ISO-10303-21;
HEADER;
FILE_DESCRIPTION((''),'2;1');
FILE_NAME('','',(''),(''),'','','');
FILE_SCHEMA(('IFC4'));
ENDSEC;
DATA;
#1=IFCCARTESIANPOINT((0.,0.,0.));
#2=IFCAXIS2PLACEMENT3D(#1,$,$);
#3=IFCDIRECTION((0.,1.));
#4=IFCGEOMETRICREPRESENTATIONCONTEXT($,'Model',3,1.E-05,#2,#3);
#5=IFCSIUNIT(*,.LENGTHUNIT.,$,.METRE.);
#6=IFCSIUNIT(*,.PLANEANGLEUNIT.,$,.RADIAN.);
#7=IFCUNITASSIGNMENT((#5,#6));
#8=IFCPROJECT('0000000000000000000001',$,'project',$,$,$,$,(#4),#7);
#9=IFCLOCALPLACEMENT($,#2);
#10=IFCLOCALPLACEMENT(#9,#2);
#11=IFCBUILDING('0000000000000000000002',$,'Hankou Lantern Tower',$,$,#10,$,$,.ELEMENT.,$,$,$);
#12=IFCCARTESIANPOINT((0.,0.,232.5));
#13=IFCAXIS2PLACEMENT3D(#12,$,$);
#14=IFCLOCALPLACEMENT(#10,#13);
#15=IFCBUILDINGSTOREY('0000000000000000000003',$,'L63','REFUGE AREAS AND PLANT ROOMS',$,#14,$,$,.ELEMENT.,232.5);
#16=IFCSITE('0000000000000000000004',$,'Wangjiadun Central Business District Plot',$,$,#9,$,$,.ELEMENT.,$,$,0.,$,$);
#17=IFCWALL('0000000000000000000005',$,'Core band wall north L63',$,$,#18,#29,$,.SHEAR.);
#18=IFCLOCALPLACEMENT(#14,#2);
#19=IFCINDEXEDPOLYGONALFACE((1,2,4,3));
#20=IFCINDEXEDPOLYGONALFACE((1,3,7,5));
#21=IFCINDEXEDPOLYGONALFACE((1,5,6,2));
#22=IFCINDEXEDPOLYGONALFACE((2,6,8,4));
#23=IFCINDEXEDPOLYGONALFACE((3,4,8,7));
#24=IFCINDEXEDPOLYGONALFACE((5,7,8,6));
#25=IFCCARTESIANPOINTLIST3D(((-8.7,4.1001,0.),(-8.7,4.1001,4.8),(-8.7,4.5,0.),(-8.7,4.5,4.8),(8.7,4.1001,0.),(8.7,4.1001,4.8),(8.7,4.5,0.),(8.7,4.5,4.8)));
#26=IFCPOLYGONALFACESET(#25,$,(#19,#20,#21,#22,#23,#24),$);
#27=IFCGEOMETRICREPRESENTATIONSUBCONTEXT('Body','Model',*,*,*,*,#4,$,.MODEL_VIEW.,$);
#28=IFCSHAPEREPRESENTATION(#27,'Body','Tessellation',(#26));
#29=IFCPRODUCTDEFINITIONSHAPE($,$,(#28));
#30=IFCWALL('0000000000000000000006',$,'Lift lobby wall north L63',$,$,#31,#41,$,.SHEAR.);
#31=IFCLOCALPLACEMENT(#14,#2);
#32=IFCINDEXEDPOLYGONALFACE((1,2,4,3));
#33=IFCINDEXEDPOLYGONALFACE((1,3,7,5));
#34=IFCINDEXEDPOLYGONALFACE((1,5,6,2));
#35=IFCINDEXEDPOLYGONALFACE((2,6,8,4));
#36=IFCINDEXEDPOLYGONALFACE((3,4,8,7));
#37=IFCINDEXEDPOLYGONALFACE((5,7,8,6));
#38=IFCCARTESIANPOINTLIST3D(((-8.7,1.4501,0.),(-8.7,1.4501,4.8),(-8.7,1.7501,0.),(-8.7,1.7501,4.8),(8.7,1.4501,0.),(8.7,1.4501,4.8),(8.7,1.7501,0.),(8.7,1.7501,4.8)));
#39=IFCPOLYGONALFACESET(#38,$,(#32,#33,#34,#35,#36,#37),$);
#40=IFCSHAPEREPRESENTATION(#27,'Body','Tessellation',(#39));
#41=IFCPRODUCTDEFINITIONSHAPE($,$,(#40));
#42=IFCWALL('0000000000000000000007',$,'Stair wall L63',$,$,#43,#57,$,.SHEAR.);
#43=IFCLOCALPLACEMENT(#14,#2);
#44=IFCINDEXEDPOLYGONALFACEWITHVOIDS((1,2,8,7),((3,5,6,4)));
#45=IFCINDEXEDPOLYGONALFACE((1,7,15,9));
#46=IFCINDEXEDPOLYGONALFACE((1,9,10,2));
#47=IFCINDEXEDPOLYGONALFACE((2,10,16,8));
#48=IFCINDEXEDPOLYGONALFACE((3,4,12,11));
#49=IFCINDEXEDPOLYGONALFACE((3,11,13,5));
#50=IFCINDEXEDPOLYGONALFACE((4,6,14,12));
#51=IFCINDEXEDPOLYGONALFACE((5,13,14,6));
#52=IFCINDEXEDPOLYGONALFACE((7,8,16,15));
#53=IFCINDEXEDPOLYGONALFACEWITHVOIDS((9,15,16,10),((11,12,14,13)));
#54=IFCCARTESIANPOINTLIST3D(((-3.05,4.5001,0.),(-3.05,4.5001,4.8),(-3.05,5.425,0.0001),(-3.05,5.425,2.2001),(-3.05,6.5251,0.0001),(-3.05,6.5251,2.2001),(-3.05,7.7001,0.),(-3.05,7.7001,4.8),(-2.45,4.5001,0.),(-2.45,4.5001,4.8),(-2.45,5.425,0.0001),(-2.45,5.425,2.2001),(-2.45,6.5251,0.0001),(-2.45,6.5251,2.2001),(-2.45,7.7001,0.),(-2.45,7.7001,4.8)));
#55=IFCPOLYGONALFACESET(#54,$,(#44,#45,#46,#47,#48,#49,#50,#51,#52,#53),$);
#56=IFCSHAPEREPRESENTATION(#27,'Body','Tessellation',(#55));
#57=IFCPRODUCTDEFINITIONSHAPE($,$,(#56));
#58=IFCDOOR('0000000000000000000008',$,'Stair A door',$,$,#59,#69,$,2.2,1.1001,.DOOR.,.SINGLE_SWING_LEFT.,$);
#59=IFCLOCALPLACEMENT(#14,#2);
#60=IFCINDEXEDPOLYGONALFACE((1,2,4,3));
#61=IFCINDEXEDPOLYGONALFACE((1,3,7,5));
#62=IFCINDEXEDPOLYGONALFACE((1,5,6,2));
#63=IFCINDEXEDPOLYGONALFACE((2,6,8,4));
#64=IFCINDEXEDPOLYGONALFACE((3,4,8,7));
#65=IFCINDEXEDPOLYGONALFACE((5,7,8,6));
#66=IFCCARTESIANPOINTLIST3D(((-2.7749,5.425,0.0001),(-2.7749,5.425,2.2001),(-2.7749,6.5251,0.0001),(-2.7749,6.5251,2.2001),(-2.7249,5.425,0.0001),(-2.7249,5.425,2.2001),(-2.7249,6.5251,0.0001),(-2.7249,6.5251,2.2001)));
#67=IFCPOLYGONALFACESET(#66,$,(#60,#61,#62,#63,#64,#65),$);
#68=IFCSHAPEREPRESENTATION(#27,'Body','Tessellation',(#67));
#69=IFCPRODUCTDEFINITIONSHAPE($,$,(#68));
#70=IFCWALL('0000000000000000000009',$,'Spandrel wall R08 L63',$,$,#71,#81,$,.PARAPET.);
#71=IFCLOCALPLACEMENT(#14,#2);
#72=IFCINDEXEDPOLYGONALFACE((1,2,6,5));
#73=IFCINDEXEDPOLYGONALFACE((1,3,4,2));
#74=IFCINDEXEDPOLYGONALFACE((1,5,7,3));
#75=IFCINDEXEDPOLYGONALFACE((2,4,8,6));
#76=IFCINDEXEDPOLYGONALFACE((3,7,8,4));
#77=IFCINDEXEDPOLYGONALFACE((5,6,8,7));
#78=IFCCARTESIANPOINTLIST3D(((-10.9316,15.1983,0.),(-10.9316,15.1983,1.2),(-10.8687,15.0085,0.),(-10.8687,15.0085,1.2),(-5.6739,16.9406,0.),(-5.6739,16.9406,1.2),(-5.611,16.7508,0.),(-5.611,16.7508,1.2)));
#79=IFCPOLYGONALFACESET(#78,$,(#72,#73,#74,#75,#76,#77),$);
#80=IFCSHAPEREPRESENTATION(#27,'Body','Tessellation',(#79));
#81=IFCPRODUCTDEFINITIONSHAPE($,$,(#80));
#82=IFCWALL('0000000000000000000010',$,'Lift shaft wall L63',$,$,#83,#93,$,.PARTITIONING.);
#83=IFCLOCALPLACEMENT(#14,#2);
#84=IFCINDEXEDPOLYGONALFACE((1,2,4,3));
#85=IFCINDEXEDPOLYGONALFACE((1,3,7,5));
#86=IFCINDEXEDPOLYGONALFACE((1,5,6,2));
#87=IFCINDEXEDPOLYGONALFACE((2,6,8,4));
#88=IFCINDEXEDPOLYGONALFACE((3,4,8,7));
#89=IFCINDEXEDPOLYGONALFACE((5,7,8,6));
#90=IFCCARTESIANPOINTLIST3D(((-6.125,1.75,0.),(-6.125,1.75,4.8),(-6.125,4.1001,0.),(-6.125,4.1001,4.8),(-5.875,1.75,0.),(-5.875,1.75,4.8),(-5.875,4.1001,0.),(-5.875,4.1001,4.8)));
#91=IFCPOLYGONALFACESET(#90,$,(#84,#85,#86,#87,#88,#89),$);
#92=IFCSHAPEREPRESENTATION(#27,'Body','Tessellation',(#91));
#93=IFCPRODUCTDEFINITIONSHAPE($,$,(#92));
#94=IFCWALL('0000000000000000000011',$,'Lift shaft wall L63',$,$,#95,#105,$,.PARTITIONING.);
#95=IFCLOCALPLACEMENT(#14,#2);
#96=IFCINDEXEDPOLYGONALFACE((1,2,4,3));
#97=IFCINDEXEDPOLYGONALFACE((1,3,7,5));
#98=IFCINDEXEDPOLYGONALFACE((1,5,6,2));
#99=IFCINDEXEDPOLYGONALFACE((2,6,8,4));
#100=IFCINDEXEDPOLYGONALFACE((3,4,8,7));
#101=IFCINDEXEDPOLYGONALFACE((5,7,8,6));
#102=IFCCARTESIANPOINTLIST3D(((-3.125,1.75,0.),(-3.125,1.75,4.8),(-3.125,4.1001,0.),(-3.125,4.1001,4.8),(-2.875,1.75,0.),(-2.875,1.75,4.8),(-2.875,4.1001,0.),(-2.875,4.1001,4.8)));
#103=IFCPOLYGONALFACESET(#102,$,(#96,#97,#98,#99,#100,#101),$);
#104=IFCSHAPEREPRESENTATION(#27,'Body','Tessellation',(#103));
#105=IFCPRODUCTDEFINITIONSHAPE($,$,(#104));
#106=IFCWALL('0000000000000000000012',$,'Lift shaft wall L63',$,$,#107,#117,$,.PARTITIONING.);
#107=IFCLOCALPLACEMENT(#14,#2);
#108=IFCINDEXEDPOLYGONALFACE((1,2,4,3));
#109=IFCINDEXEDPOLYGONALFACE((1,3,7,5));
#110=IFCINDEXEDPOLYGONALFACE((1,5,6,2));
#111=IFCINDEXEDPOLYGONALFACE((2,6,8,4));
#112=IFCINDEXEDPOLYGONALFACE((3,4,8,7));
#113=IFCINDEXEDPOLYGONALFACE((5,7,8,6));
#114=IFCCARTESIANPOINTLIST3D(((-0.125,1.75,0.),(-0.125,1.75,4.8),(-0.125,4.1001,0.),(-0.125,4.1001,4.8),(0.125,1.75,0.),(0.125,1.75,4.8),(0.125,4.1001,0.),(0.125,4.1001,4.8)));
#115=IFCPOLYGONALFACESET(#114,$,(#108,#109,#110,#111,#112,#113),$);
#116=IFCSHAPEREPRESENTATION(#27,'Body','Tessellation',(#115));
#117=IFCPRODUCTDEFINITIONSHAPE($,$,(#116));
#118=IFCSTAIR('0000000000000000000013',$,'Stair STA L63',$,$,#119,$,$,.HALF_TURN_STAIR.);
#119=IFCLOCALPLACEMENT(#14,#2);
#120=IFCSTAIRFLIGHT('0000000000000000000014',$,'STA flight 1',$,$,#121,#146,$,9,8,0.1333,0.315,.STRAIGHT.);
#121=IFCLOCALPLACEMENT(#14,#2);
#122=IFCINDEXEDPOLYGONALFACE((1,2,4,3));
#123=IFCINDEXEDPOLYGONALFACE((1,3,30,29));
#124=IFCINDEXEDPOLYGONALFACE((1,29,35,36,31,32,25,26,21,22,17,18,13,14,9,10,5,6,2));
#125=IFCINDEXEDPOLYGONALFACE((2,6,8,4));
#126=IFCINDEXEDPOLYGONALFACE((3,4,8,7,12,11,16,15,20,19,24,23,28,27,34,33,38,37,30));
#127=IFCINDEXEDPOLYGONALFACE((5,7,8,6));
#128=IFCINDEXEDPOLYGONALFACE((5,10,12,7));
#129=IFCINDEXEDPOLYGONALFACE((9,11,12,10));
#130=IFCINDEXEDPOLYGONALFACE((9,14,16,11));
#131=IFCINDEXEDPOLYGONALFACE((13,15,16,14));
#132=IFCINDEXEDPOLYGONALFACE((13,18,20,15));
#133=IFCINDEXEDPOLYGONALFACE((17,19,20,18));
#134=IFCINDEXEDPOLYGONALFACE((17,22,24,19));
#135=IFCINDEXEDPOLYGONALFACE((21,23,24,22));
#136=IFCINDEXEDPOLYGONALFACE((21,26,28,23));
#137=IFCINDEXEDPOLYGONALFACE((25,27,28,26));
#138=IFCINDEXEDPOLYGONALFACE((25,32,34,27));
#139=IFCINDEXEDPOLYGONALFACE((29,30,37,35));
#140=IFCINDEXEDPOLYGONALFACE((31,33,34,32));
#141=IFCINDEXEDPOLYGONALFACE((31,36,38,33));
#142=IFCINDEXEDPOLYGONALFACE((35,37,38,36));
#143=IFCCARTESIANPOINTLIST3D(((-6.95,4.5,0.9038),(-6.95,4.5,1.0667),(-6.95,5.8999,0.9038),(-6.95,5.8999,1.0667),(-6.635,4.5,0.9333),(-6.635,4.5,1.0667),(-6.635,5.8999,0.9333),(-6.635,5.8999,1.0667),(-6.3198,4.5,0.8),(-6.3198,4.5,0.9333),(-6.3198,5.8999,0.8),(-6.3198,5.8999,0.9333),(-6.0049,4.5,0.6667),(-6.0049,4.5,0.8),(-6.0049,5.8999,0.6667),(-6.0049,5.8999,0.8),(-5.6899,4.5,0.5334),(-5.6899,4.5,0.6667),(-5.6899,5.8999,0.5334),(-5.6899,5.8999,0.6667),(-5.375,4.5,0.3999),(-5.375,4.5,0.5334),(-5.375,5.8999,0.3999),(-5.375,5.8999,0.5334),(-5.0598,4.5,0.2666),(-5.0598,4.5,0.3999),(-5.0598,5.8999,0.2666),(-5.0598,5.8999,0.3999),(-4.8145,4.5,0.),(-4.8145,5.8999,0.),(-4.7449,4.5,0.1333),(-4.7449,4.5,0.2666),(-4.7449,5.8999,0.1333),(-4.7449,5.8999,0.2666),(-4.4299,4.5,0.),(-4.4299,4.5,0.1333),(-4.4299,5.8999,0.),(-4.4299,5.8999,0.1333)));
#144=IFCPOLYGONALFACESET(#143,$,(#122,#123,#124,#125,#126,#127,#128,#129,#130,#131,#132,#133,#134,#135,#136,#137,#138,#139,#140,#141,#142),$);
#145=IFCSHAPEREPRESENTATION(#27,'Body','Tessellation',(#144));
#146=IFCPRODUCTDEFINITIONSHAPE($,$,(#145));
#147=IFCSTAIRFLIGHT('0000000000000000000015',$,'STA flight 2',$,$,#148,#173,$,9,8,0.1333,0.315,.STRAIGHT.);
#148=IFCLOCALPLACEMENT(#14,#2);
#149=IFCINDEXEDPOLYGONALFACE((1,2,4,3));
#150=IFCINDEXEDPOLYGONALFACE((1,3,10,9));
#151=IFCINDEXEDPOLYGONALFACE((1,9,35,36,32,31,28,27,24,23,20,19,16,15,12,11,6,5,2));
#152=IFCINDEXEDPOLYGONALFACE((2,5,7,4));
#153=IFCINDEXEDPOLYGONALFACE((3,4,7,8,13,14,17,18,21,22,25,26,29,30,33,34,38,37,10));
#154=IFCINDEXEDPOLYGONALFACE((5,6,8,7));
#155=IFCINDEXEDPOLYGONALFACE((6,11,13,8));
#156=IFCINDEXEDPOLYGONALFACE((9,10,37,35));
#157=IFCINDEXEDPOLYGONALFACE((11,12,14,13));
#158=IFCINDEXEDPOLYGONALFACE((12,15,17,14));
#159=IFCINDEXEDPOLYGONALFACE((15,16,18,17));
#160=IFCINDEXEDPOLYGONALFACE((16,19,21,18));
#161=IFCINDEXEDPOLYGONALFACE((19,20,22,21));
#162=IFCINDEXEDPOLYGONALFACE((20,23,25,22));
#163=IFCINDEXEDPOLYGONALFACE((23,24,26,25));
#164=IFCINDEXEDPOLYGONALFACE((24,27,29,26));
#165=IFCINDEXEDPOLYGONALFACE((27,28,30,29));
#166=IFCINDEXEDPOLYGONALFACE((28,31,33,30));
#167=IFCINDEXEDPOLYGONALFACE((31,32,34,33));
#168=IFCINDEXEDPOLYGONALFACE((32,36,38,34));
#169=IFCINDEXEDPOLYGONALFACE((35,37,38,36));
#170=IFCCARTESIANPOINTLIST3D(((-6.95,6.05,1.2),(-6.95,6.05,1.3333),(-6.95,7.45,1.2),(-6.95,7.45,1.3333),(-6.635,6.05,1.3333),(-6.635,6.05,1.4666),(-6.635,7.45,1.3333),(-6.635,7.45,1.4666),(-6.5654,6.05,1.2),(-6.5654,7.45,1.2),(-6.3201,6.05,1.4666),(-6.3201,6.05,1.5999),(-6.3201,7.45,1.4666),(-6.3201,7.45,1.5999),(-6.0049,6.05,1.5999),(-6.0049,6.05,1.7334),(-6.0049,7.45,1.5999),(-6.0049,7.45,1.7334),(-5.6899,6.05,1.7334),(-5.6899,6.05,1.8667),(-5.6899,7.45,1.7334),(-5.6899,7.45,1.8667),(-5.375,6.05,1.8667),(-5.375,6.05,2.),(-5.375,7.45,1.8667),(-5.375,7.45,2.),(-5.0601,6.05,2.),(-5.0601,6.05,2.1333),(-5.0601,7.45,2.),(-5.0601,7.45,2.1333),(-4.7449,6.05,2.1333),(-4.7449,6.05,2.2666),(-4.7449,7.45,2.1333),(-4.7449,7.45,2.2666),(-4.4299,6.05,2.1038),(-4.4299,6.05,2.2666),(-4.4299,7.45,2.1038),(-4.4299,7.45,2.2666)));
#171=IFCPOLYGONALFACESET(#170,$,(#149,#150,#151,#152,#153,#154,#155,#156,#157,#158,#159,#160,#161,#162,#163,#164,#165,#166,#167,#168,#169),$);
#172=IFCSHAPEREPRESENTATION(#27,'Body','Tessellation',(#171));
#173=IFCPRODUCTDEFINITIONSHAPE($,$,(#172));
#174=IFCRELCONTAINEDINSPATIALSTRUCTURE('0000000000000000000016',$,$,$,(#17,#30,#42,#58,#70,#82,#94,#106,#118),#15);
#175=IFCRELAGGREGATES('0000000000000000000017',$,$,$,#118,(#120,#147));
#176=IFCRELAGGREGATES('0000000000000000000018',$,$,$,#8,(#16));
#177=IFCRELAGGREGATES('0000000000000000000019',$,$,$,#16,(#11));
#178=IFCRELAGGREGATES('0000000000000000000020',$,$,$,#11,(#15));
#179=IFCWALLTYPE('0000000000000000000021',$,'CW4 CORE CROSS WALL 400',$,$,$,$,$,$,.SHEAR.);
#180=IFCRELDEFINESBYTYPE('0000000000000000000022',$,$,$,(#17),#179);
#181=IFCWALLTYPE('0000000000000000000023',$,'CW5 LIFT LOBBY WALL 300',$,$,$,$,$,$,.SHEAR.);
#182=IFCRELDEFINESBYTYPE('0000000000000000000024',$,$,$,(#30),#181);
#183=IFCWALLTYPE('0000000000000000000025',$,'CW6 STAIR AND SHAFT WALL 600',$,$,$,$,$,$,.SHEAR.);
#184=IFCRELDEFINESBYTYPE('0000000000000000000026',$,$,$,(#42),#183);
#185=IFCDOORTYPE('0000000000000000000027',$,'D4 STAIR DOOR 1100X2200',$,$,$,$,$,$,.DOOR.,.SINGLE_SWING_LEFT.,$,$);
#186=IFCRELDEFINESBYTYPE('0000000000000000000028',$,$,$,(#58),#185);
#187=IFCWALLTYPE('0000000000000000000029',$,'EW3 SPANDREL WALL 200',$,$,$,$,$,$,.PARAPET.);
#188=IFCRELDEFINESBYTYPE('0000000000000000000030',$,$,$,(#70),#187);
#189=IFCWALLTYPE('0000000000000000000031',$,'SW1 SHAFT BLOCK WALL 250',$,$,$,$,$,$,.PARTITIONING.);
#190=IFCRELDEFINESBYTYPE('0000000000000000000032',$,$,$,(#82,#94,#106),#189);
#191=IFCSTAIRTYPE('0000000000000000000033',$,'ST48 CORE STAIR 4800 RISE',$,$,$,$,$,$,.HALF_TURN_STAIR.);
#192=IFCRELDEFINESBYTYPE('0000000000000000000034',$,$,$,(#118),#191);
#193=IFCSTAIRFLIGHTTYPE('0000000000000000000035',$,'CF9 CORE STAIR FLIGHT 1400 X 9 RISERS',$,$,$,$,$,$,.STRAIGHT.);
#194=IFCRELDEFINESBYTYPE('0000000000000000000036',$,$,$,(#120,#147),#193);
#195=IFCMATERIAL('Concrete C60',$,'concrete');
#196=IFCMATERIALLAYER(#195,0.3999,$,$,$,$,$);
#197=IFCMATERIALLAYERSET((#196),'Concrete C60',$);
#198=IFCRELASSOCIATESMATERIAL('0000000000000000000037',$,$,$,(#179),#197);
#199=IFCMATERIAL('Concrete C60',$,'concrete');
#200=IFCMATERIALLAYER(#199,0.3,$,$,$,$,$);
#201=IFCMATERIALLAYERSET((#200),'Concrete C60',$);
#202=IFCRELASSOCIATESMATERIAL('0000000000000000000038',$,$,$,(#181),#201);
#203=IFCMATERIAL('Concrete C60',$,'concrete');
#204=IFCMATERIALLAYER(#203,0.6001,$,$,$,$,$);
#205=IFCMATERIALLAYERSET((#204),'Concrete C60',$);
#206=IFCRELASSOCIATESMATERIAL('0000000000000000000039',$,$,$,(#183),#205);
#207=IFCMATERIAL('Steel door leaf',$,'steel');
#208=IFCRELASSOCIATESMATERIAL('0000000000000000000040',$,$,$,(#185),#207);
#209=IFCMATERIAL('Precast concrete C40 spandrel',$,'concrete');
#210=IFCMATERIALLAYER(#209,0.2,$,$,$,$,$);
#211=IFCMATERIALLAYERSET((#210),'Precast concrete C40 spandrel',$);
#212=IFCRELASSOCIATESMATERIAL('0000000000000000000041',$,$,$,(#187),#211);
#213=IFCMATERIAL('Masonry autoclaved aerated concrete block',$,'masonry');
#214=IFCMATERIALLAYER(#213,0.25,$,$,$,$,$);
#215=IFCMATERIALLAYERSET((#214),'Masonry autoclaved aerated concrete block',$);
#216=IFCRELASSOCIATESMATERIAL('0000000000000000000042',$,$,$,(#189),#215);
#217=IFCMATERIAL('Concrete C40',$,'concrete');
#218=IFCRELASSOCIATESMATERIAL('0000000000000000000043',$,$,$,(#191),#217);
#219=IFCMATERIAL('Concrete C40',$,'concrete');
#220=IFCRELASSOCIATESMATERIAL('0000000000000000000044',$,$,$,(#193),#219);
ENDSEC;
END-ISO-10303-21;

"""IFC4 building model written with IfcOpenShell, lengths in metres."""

from ifc_helpers import new_model, si_unit, direction, frame, frame_2d, origin, place, context, subcontext, project, spatial, polyline, rectangle, outline, extrude, material, layer, layer_set, type_object, element, fill, aggregate, save


model = new_model("IFC4")

# Units and contexts
model_context = context("Model", 3, precision=1e-05, world=origin(), true_north=direction((0.0, 1.0)))
body_context = subcontext(model_context, "Body", "Model", "MODEL_VIEW")
ifc_project = project(units=[si_unit("LENGTHUNIT", "METRE"), si_unit("PLANEANGLEUNIT", "RADIAN")], contexts=[model_context])

# Site, building, storey
site_placement = place(None, origin())
site = spatial("IfcSite", under=ifc_project, at=site_placement, Name="Wangjiadun Central Business District Plot", CompositionType="ELEMENT", RefElevation=0.0)
building_placement = place(site_placement, origin())
building = spatial("IfcBuilding", under=site, at=building_placement, Name="Hankou Lantern Tower", CompositionType="ELEMENT")
storey_placement = place(building_placement, frame((0.0, 0.0, 232.5)))
storey = spatial("IfcBuildingStorey", under=building, at=storey_placement, Name="L63", Description="REFUGE AREAS AND PLANT ROOMS", CompositionType="ELEMENT", Elevation=232.5)

# Walls
ifc_material_1 = material(Name="Concrete C60", Category="concrete")
ifc_layer_1 = layer(ifc_material_1, 0.3999)
ifc_layer_set_1 = layer_set([ifc_layer_1], Name="Concrete C60")
wall_type_1 = type_object("IfcWallType", Name="CW4 CORE CROSS WALL 400", PredefinedType="SHEAR", material=ifc_layer_set_1)
wall_1_placement = place(storey_placement, frame((-8.7, 4.3, 0.0), z_axis=(0.0, 0.0, 1.0), x_axis=(1.0, 0.0, 0.0)))
element("IfcWall", 1, at=wall_1_placement, inside=storey, type_object=wall_type_1, Name="Core band wall north L63", PredefinedType="SHEAR", context=body_context, shape_type="SweptSolid", body=[
    extrude(rectangle(XDim=17.3999, YDim=0.3999, at=frame_2d((8.7, 0.0))), origin(), (0.0, 0.0, 1.0), 4.8),
])
ifc_material_2 = material(Name="Concrete C60", Category="concrete")
ifc_layer_2 = layer(ifc_material_2, 0.3)
ifc_layer_set_2 = layer_set([ifc_layer_2], Name="Concrete C60")
wall_type_2 = type_object("IfcWallType", Name="CW5 LIFT LOBBY WALL 300", PredefinedType="SHEAR", material=ifc_layer_set_2)
wall_2_placement = place(storey_placement, frame((-8.7, 1.6001, 0.0), z_axis=(0.0, 0.0, 1.0), x_axis=(1.0, 0.0, 0.0)))
element("IfcWall", 2, at=wall_2_placement, inside=storey, type_object=wall_type_2, Name="Lift lobby wall north L63", PredefinedType="SHEAR", context=body_context, shape_type="SweptSolid", body=[
    extrude(rectangle(XDim=17.3999, YDim=0.3, at=frame_2d((8.7, 0.0))), origin(), (0.0, 0.0, 1.0), 4.8),
])

# Wall, opening, door
ifc_material_3 = material(Name="Concrete C60", Category="concrete")
ifc_layer_3 = layer(ifc_material_3, 0.6001)
ifc_layer_set_3 = layer_set([ifc_layer_3], Name="Concrete C60")
wall_type_3 = type_object("IfcWallType", Name="CW6 STAIR AND SHAFT WALL 600", PredefinedType="SHEAR", material=ifc_layer_set_3)
wall_3_placement = place(storey_placement, frame((-2.75, 4.5, 0.0), z_axis=(0.0, 0.0, 1.0), x_axis=(0.0, 1.0, 0.0)))
wall_3 = element("IfcWall", 3, at=wall_3_placement, inside=storey, type_object=wall_type_3, Name="Stair wall L63", PredefinedType="SHEAR", context=body_context, shape_type="SweptSolid", body=[
    extrude(rectangle(XDim=3.2, YDim=0.6001, at=frame_2d((1.6001, 0.0))), origin(), (0.0, 0.0, 1.0), 4.8),
])
opening_1_placement = place(wall_3_placement, frame((0.925, 0.0, 0.0)))
opening_1 = element("IfcOpeningElement", 4, at=opening_1_placement, cuts=wall_3, PredefinedType="OPENING", context=body_context, shape_type="SweptSolid", body=[
    extrude(rectangle(XDim=1.1001, YDim=2.2, at=frame_2d((0.55, 1.1001))), frame((0.0, 0.3101, 0.0), z_axis=(0.0, -1.0, 0.0), x_axis=(1.0, 0.0, 0.0)), (0.0, 0.0, 1.0), 0.6201),
])
ifc_material_4 = material(Name="Steel door leaf", Category="steel")
door_type_1 = type_object("IfcDoorType", Name="D4 STAIR DOOR 1100X2200", OperationType="SINGLE_SWING_LEFT", PredefinedType="DOOR", material=ifc_material_4)
door_1_placement = place(opening_1_placement, origin())
door_1 = element("IfcDoor", 5, at=door_1_placement, inside=storey, type_object=door_type_1, Name="Stair A door", OperationType="SINGLE_SWING_LEFT", OverallHeight=2.2, OverallWidth=1.1001, PredefinedType="DOOR", context=body_context, shape_type="SweptSolid", body=[
    extrude(rectangle(XDim=1.1001, YDim=2.2, at=frame_2d((0.55, 1.1001))), frame((0.0, 0.0249, 0.0), z_axis=(0.0, -1.0, 0.0), x_axis=(1.0, 0.0, 0.0)), (0.0, 0.0, 1.0), 0.05),
])
fill(opening_1, door_1)

# Walls
ifc_material_5 = material(Name="Precast concrete C40 spandrel", Category="concrete")
ifc_layer_4 = layer(ifc_material_5, 0.2)
ifc_layer_set_4 = layer_set([ifc_layer_4], Name="Precast concrete C40 spandrel")
wall_type_4 = type_object("IfcWallType", Name="EW3 SPANDREL WALL 200", PredefinedType="PARAPET", material=ifc_layer_set_4)
wall_4_placement = place(storey_placement, frame((-5.6423, 16.8457, 0.0), z_axis=(0.0, 0.0, 1.0), x_axis=(-0.949242, -0.314548, 0.0)))
element("IfcWall", 6, at=wall_4_placement, inside=storey, type_object=wall_type_4, Name="Spandrel wall R08 L63", PredefinedType="PARAPET", context=body_context, shape_type="SweptSolid", body=[
    extrude(rectangle(XDim=5.5388, YDim=0.2, at=frame_2d((2.7695, 0.0))), origin(), (0.0, 0.0, 1.0), 1.2),
])
ifc_material_6 = material(Name="Masonry autoclaved aerated concrete block", Category="masonry")
ifc_layer_5 = layer(ifc_material_6, 0.25)
ifc_layer_set_5 = layer_set([ifc_layer_5], Name="Masonry autoclaved aerated concrete block")
wall_type_5 = type_object("IfcWallType", Name="SW1 SHAFT BLOCK WALL 250", PredefinedType="PARTITIONING", material=ifc_layer_set_5)
for number, where, z_axis, x_axis, name in (
    (7, (-6.0, 1.75, 0.0), (0.0, 0.0, 1.0), (0.0, 1.0, 0.0), "Lift shaft wall L63"),
    (8, (-3.0, 1.75, 0.0), (0.0, 0.0, 1.0), (0.0, 1.0, 0.0), "Lift shaft wall L63"),
    (9, (0.0, 1.75, 0.0), (0.0, 0.0, 1.0), (0.0, 1.0, 0.0), "Lift shaft wall L63"),
):
    element("IfcWall", number, at=place(storey_placement, frame(where, z_axis=z_axis, x_axis=x_axis)), inside=storey, type_object=wall_type_5, Name=name, PredefinedType="PARTITIONING", context=body_context, shape_type="SweptSolid", body=[
        extrude(rectangle(XDim=2.3501, YDim=0.25, at=frame_2d((1.175, 0.0))), origin(), (0.0, 0.0, 1.0), 4.8),
    ])

# Stair, stair flights
ifc_material_7 = material(Name="Concrete C40", Category="concrete")
stair_type = type_object("IfcStairType", Name="ST48 CORE STAIR 4800 RISE", PredefinedType="HALF_TURN_STAIR", material=ifc_material_7)
stair_placement = place(storey_placement, origin())
stair = element("IfcStair", 10, at=stair_placement, inside=storey, type_object=stair_type, Name="Stair STA L63", PredefinedType="HALF_TURN_STAIR")
ifc_material_8 = material(Name="Concrete C40", Category="concrete")
stair_flight_type = type_object("IfcStairFlightType", Name="CF9 CORE STAIR FLIGHT 1400 X 9 RISERS", PredefinedType="STRAIGHT", material=ifc_material_8)
stair_flight_1_placement = place(storey_placement, frame((-4.4299, 5.2, 0.0), z_axis=(0.0, 0.0, 1.0), x_axis=(-1.0, 0.0, 0.0)))
stair_flight_1 = element("IfcStairFlight", 11, at=stair_flight_1_placement, type_object=stair_flight_type, Name="STA flight 1", NumberOfRisers=9, NumberOfTreads=8, PredefinedType="STRAIGHT", RiserHeight=0.1333, TreadLength=0.315, context=body_context, shape_type="SweptSolid", body=[
    extrude(outline(polyline([(0.0, 0.0), (0.0, 0.1333), (0.3149, 0.1333), (0.3149, 0.2666), (0.6299, 0.2666), (0.6299, 0.3999), (0.9451, 0.3999), (0.9451, 0.5334), (1.26, 0.5334), (1.26, 0.6667), (1.575, 0.6667), (1.575, 0.8), (1.8899, 0.8), (1.8899, 0.9333), (2.2051, 0.9333), (2.2051, 1.0667), (2.52, 1.0667), (2.52, 1.2), (2.52, 0.9038), (0.3845, 0.0), (0.0, 0.0)])), frame((0.0, 0.7, 0.0), z_axis=(0.0, -1.0, 0.0), x_axis=(1.0, 0.0, 0.0)), (0.0, 0.0, 1.0), 1.3999),
])
stair_flight_2_placement = place(storey_placement, frame((-6.95, 6.75, 1.2), z_axis=(0.0, 0.0, 1.0), x_axis=(1.0, 0.0, 0.0)))
stair_flight_2 = element("IfcStairFlight", 12, at=stair_flight_2_placement, type_object=stair_flight_type, Name="STA flight 2", NumberOfRisers=9, NumberOfTreads=8, PredefinedType="STRAIGHT", RiserHeight=0.1333, TreadLength=0.315, context=body_context, shape_type="SweptSolid", body=[
    extrude(outline(polyline([(0.0, 0.0), (0.0, 0.1333), (0.3149, 0.1333), (0.3149, 0.2666), (0.6299, 0.2666), (0.6299, 0.3999), (0.9451, 0.3999), (0.9451, 0.5334), (1.26, 0.5334), (1.26, 0.6667), (1.575, 0.6667), (1.575, 0.8), (1.8899, 0.8), (1.8899, 0.9333), (2.2051, 0.9333), (2.2051, 1.0667), (2.52, 1.0667), (2.52, 1.2), (2.52, 0.9038), (0.3845, 0.0), (0.0, 0.0)])), frame((0.0, 0.7, 0.0), z_axis=(0.0, -1.0, 0.0), x_axis=(1.0, 0.0, 0.0)), (0.0, 0.0, 1.0), 1.3999),
])
aggregate(stair, [stair_flight_1, stair_flight_2])

save(model, "model.ifc")
